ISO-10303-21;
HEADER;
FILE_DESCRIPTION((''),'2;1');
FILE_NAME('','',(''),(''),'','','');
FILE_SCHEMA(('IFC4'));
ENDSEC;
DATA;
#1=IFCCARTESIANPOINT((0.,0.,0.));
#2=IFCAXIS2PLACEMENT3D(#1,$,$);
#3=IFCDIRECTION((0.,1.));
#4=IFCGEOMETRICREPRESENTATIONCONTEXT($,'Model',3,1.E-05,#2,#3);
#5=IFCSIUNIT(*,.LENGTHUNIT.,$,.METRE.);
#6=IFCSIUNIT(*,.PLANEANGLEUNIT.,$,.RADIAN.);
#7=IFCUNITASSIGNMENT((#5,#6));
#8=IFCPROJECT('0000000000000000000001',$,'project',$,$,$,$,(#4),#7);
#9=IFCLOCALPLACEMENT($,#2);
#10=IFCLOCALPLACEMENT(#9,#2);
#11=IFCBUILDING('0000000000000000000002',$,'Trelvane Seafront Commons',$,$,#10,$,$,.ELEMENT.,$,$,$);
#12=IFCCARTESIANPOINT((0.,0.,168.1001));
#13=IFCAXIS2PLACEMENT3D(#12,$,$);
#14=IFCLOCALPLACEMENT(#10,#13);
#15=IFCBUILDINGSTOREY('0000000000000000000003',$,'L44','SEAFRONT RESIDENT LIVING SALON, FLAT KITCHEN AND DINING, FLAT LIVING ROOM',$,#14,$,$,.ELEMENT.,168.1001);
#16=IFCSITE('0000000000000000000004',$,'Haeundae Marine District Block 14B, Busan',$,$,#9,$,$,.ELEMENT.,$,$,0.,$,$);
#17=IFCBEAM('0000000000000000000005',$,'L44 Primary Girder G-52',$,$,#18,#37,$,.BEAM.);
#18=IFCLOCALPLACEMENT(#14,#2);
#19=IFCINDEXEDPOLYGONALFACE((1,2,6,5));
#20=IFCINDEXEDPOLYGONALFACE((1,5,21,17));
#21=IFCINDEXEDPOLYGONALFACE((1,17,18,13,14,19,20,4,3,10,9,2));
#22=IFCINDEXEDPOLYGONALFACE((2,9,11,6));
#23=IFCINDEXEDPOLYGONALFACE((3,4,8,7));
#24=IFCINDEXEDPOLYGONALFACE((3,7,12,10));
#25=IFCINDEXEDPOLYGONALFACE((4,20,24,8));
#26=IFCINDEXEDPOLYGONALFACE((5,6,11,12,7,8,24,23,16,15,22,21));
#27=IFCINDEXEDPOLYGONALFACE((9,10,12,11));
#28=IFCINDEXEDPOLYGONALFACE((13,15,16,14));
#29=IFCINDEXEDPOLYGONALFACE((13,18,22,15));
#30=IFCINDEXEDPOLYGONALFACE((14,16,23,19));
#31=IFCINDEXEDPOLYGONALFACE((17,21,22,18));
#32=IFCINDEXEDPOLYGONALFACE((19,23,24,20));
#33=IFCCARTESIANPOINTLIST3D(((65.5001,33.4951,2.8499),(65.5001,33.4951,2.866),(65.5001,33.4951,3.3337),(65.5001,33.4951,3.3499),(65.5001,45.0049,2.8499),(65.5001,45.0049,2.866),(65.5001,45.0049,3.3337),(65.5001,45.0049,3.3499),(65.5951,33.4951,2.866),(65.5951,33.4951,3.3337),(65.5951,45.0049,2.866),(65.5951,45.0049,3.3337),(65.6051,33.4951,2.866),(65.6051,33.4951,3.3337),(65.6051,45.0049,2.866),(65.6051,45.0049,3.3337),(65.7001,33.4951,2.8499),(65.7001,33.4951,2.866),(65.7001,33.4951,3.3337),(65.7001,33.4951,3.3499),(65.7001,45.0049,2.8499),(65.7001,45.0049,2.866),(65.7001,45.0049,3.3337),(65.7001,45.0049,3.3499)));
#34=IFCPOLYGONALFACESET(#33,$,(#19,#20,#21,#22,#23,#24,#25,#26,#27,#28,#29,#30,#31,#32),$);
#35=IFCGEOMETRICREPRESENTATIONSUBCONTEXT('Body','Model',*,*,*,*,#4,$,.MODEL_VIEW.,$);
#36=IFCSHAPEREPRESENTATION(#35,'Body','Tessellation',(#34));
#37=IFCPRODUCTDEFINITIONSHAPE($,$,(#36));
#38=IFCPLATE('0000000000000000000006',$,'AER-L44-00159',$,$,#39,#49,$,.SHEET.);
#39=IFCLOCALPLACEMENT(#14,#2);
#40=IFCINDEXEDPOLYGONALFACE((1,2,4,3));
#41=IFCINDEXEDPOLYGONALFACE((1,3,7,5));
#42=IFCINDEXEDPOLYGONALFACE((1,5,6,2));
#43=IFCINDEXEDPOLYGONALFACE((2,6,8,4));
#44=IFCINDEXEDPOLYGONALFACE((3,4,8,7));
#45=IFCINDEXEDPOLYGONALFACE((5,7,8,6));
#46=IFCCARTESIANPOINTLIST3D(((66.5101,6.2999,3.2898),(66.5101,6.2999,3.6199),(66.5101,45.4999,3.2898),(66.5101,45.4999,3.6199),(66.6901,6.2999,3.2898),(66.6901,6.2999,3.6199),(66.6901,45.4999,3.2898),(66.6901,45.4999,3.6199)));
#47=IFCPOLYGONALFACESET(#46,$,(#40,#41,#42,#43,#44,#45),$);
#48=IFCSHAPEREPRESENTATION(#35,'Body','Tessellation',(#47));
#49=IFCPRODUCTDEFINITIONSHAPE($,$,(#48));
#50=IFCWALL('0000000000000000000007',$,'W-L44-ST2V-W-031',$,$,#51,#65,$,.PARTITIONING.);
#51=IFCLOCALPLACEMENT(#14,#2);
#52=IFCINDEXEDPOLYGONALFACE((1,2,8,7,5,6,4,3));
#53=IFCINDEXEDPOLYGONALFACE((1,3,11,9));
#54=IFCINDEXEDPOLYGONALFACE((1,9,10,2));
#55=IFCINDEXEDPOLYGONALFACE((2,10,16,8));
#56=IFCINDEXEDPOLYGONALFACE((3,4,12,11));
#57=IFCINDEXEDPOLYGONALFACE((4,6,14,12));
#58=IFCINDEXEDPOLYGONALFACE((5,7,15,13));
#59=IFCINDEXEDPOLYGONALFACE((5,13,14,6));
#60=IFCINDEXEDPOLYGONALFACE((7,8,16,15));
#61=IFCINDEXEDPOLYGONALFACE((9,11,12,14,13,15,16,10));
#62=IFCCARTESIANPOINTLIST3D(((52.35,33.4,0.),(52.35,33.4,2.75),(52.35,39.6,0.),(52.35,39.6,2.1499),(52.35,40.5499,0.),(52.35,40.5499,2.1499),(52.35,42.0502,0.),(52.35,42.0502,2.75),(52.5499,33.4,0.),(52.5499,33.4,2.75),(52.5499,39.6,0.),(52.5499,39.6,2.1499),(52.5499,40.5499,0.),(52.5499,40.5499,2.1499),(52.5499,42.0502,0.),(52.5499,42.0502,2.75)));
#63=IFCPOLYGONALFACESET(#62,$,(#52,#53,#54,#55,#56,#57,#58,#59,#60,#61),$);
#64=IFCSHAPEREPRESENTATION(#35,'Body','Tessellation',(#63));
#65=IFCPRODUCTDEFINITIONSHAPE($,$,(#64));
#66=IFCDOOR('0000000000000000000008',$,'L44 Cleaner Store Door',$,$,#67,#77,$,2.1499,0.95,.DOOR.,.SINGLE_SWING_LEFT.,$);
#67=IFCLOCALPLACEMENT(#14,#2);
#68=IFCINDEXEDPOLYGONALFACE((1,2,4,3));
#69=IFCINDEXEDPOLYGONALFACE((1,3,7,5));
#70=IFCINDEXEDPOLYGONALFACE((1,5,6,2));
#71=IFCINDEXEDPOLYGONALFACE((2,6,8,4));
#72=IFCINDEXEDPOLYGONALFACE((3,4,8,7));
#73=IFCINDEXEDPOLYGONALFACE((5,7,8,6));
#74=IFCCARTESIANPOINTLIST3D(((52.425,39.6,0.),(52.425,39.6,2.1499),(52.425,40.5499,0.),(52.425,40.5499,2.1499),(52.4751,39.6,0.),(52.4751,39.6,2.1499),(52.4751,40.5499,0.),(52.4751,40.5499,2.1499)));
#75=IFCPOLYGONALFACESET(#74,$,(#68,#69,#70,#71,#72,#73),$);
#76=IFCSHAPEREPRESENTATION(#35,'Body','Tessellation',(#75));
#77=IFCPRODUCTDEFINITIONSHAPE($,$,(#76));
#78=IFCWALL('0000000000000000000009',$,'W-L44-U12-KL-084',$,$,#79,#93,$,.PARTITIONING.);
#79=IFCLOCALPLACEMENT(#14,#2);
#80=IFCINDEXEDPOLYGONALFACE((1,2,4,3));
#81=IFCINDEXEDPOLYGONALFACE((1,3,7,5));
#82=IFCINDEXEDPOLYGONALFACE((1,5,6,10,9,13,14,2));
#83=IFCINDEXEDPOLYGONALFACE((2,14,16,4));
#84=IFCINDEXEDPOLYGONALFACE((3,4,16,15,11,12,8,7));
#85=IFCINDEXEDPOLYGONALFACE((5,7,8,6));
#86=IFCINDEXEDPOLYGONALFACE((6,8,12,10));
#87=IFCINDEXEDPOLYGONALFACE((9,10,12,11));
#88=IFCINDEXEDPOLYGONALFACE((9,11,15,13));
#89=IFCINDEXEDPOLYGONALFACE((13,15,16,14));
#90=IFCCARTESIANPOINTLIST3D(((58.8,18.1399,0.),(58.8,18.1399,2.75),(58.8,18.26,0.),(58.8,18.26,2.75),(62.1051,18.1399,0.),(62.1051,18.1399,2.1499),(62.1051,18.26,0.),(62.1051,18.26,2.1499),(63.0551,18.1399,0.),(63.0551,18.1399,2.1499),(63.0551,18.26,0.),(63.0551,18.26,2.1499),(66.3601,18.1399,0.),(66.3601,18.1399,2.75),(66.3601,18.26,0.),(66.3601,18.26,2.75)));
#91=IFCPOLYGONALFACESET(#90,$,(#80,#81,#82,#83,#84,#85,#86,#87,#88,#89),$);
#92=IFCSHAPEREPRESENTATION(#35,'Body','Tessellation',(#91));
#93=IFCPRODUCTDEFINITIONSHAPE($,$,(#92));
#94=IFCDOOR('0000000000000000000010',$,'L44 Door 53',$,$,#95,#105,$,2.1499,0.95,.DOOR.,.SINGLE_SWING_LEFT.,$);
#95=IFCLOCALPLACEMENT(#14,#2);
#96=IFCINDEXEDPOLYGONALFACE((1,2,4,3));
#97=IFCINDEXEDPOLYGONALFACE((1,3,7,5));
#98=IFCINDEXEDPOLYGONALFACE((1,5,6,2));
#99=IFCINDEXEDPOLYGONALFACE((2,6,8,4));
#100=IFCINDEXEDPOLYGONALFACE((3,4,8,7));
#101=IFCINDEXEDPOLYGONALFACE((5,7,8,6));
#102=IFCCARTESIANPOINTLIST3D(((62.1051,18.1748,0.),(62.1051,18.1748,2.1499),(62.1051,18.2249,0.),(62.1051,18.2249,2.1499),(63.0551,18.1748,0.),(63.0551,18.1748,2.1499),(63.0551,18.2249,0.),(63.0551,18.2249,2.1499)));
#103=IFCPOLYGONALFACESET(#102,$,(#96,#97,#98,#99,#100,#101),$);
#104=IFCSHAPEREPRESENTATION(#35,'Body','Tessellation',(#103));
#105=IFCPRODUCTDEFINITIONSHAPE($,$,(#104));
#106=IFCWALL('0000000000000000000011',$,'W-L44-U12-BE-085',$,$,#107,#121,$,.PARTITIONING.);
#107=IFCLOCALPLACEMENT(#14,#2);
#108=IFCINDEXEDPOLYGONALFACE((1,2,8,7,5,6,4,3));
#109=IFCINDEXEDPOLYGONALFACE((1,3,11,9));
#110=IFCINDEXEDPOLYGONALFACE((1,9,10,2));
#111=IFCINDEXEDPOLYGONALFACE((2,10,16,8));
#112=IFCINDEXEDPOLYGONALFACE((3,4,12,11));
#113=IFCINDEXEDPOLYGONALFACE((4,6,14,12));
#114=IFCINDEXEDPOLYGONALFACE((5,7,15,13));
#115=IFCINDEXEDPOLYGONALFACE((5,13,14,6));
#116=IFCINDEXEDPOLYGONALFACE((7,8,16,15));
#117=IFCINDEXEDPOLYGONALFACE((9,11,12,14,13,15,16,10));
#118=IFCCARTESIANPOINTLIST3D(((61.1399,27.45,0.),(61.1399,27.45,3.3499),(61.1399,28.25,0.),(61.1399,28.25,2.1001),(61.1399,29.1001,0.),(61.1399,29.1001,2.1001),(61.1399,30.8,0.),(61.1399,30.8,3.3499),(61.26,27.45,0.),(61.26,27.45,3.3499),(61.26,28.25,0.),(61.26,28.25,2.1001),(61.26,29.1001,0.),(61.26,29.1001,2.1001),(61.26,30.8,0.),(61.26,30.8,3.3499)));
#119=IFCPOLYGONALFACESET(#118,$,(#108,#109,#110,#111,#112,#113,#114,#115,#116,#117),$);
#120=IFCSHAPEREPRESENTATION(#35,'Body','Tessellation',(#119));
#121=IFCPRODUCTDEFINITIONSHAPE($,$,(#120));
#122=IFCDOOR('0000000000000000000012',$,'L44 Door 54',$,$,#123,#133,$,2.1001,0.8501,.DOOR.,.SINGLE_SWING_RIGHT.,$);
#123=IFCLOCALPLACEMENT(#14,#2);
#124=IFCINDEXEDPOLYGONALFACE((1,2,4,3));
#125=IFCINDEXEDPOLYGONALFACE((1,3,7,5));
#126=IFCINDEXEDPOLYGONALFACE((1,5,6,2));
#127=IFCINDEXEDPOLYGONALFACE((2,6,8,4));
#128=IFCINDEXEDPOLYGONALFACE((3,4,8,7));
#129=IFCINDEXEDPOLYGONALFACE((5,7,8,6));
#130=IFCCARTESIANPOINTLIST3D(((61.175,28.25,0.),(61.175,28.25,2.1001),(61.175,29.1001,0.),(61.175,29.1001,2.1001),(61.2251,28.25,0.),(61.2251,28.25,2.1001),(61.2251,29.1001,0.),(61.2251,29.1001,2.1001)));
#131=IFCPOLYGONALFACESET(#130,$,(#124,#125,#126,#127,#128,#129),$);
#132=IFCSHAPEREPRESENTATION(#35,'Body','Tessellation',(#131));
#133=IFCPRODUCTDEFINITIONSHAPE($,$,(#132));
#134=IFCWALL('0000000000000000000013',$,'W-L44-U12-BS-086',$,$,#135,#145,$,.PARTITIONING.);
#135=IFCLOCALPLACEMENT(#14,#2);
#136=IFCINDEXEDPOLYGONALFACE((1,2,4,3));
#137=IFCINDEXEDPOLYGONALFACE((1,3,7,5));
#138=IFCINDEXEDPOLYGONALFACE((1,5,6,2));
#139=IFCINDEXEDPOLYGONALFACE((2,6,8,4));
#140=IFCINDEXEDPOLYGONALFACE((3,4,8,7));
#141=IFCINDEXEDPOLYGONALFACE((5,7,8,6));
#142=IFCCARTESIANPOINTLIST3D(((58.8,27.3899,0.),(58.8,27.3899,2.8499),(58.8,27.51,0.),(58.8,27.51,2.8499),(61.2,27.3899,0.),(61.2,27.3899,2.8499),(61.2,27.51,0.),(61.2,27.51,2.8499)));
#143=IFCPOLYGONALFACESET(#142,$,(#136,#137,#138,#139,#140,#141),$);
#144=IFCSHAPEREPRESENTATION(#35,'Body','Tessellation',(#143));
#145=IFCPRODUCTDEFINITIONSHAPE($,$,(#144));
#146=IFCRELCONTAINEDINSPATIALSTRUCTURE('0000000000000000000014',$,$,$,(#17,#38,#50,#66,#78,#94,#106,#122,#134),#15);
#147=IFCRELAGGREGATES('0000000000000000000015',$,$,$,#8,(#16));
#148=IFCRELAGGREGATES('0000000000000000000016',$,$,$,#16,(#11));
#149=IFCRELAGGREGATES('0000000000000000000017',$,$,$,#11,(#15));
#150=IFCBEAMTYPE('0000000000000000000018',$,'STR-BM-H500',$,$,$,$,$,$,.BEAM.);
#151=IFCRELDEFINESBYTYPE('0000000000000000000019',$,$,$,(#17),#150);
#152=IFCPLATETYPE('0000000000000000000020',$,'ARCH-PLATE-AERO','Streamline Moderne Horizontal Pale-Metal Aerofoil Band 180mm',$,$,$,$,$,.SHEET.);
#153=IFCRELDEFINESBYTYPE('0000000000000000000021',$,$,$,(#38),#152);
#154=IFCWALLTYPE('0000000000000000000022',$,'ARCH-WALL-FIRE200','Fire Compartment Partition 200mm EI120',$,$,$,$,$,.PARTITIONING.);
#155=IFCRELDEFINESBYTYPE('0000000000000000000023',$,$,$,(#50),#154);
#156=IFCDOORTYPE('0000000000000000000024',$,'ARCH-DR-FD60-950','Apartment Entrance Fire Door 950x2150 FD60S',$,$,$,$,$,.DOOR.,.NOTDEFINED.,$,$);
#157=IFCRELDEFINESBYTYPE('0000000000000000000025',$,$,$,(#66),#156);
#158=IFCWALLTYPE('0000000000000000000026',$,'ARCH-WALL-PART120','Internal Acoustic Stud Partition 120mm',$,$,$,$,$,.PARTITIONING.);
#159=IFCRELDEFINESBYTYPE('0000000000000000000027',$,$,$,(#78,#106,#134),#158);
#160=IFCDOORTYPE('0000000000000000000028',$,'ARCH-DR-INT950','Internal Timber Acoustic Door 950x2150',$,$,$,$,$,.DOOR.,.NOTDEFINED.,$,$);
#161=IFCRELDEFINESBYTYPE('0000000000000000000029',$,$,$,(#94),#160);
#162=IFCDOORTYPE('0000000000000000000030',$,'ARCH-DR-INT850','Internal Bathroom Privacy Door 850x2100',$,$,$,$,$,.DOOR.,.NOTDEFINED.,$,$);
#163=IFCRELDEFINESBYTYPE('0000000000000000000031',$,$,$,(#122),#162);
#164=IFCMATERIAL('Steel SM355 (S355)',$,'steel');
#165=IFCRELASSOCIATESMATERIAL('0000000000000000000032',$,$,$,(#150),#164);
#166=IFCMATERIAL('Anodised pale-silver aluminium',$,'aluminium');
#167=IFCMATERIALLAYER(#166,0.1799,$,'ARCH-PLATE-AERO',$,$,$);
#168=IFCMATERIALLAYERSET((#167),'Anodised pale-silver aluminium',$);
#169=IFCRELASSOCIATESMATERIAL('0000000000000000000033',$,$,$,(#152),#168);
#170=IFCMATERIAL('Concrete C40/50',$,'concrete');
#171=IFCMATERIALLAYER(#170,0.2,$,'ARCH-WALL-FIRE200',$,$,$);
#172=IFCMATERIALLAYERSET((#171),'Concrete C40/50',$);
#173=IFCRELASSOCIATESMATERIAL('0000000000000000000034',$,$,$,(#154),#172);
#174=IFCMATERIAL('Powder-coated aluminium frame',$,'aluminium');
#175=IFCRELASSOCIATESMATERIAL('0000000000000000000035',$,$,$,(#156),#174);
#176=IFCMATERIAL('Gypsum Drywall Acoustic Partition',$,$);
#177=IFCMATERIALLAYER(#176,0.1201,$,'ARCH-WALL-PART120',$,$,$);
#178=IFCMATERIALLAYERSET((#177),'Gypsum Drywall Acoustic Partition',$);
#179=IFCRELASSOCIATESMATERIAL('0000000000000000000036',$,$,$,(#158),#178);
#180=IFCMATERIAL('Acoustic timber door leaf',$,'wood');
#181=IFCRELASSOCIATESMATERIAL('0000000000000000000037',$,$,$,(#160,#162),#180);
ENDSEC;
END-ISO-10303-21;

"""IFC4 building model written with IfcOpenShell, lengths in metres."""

from ifc_helpers import new_model, si_unit, direction, frame, frame_2d, origin, origin_2d, place, context, subcontext, project, spatial, rectangle, i_section, extrude, source, transform, mapped, material, layer, layer_set, material_profile, profile_set, type_object, element, fill, save


model = new_model("IFC4")

# Units and contexts
model_context = context("Model", 3, precision=1e-05, world=origin(), true_north=direction((0.0, 1.0)))
body_context = subcontext(model_context, "Body", "Model", "MODEL_VIEW")
ifc_project = project(units=[si_unit("LENGTHUNIT", "METRE"), si_unit("PLANEANGLEUNIT", "RADIAN")], contexts=[model_context])

# Site, building, storey
site_placement = place(None, origin())
site = spatial("IfcSite", under=ifc_project, at=site_placement, Name="Haeundae Marine District Block 14B, Busan", CompositionType="ELEMENT", RefElevation=0.0)
building_placement = place(site_placement, origin())
building = spatial("IfcBuilding", under=site, at=building_placement, Name="Trelvane Seafront Commons", CompositionType="ELEMENT")
storey_placement = place(building_placement, frame((0.0, 0.0, 168.1001)))
storey = spatial("IfcBuildingStorey", under=building, at=storey_placement, Name="L44", Description="SEAFRONT RESIDENT LIVING SALON, FLAT KITCHEN AND DINING, FLAT LIVING ROOM", CompositionType="ELEMENT", Elevation=168.1001)

# Shared definitions
ifc_material_1 = material(Name="Steel SM355 (S355)", Category="steel")

# Beam
ifc_material_profile_1 = material_profile(ifc_material_1, i_section(OverallWidth=0.2, OverallDepth=0.5, WebThickness=0.01, FlangeThickness=0.0161, at=origin_2d()), Name="H-500x200x10x16")
ifc_profile_set_1 = profile_set([ifc_material_profile_1], Name="Steel SM355 (S355)")
beam_type_1 = type_object("IfcBeamType", Name="STR-BM-H500", PredefinedType="BEAM", material=ifc_profile_set_1)
shared_shape_1 = source(origin(), body_context, "Body", "SweptSolid", [
    extrude(i_section(OverallWidth=0.2, OverallDepth=0.5, WebThickness=0.01, FlangeThickness=0.0161, at=origin_2d()), origin(), (0.0, 0.0, 1.0), 11.5098),
])
beam_1_placement = place(storey_placement, frame((65.6001, 33.4951, 3.0999), z_axis=(0.0, 1.0, 0.0), x_axis=(-1.0, 0.0, 0.0)))
element("IfcBeam", 1, at=beam_1_placement, inside=storey, type_object=beam_type_1, Name="L44 Primary Girder G-52", PredefinedType="BEAM", context=body_context, shape_type="MappedRepresentation", body=[
    mapped(shared_shape_1, transform((0.0, 0.0, 0.0), x_axis=(1.0, 0.0, 0.0), y_axis=(0.0, 1.0, 0.0), z_axis=(0.0, 0.0, 1.0), scale=1.0)),
])

# Plate
ifc_material_2 = material(Name="Anodised pale-silver aluminium", Category="aluminium")
ifc_layer_1 = layer(ifc_material_2, 0.1799, Name="ARCH-PLATE-AERO")
ifc_layer_set_1 = layer_set([ifc_layer_1], Name="Anodised pale-silver aluminium")
plate_type = type_object("IfcPlateType", Name="ARCH-PLATE-AERO", Description="Streamline Moderne Horizontal Pale-Metal Aerofoil Band 180mm", PredefinedType="SHEET", material=ifc_layer_set_1)
shared_shape_2 = source(origin(), body_context, "Body", "SweptSolid", [
    extrude(rectangle(XDim=39.2, YDim=0.1799, at=origin_2d()), origin(), (0.0, 0.0, 1.0), 0.3301),
])
plate_placement = place(storey_placement, frame((66.6001, 25.8999, 3.2898), z_axis=(0.0, 0.0, 1.0), x_axis=(0.0, -1.0, 0.0)))
element("IfcPlate", 2, at=plate_placement, inside=storey, type_object=plate_type, Name="AER-L44-00159", PredefinedType="SHEET", context=body_context, shape_type="MappedRepresentation", body=[
    mapped(shared_shape_2, transform((0.0, 0.0, 0.0), x_axis=(1.0, 0.0, 0.0), y_axis=(0.0, 1.0, 0.0), z_axis=(0.0, 0.0, 1.0), scale=1.0)),
])

# Walls, openings, doors
ifc_material_3 = material(Name="Concrete C40/50", Category="concrete")
ifc_layer_2 = layer(ifc_material_3, 0.2, Name="ARCH-WALL-FIRE200")
ifc_layer_set_2 = layer_set([ifc_layer_2], Name="Concrete C40/50")
wall_type_1 = type_object("IfcWallType", Name="ARCH-WALL-FIRE200", Description="Fire Compartment Partition 200mm EI120", PredefinedType="PARTITIONING", material=ifc_layer_set_2)
wall_1_placement = place(storey_placement, frame((52.45, 33.3999, 0.0), z_axis=(0.0, 0.0, 1.0), x_axis=(0.0, 1.0, 0.0)))
wall_1 = element("IfcWall", 3, at=wall_1_placement, inside=storey, type_object=wall_type_1, Name="W-L44-ST2V-W-031", PredefinedType="PARTITIONING", context=body_context, shape_type="SweptSolid", body=[
    extrude(rectangle(XDim=8.6501, YDim=0.2, at=frame_2d((4.3252, 0.0))), origin(), (0.0, 0.0, 1.0), 2.75),
])
opening_1_placement = place(wall_1_placement, frame((6.2, 0.0, 0.0)))
opening_1 = element("IfcOpeningElement", 4, at=opening_1_placement, cuts=wall_1, PredefinedType="OPENING", context=body_context, shape_type="SweptSolid", body=[
    extrude(rectangle(XDim=0.95, YDim=2.1499, at=frame_2d((0.4751, 1.075))), frame((0.0, 0.1099, 0.0), z_axis=(0.0, -1.0, 0.0), x_axis=(1.0, 0.0, 0.0)), (0.0, 0.0, 1.0), 0.22),
])
ifc_material_4 = material(Name="Powder-coated aluminium frame", Category="aluminium")
door_type_1 = type_object("IfcDoorType", Name="ARCH-DR-FD60-950", Description="Apartment Entrance Fire Door 950x2150 FD60S", OperationType="NOTDEFINED", PredefinedType="DOOR", material=ifc_material_4)
shared_shape_3 = source(origin(), body_context, "Body", "SweptSolid", [
    extrude(rectangle(XDim=0.95, YDim=2.1499, at=frame_2d((0.4751, 1.075))), frame((0.0, 0.0249, 0.0), z_axis=(0.0, -1.0, 0.0), x_axis=(1.0, 0.0, 0.0)), (0.0, 0.0, 1.0), 0.05),
])
door_1_placement = place(opening_1_placement, origin())
door_1 = element("IfcDoor", 5, at=door_1_placement, inside=storey, type_object=door_type_1, Name="L44 Cleaner Store Door", OperationType="SINGLE_SWING_LEFT", OverallHeight=2.1499, OverallWidth=0.95, PredefinedType="DOOR", context=body_context, shape_type="MappedRepresentation", body=[
    mapped(shared_shape_3, transform((0.0, 0.0, 0.0), x_axis=(1.0, 0.0, 0.0), y_axis=(0.0, 1.0, 0.0), z_axis=(0.0, 0.0, 1.0), scale=1.0)),
])
fill(opening_1, door_1)
ifc_material_5 = material(Name="Gypsum Drywall Acoustic Partition")
ifc_layer_3 = layer(ifc_material_5, 0.1201, Name="ARCH-WALL-PART120")
ifc_layer_set_3 = layer_set([ifc_layer_3], Name="Gypsum Drywall Acoustic Partition")
wall_type_2 = type_object("IfcWallType", Name="ARCH-WALL-PART120", Description="Internal Acoustic Stud Partition 120mm", PredefinedType="PARTITIONING", material=ifc_layer_set_3)
ifc_material_6 = material(Name="Acoustic timber door leaf", Category="wood")
door_type_2 = type_object("IfcDoorType", Name="ARCH-DR-INT950", Description="Internal Timber Acoustic Door 950x2150", OperationType="NOTDEFINED", PredefinedType="DOOR", material=ifc_material_6)
wall_2_placement = place(storey_placement, frame((58.8, 18.2, 0.0), z_axis=(0.0, 0.0, 1.0), x_axis=(1.0, 0.0, 0.0)))
wall_2 = element("IfcWall", 6, at=wall_2_placement, inside=storey, type_object=wall_type_2, Name="W-L44-U12-KL-084", PredefinedType="PARTITIONING", context=body_context, shape_type="SweptSolid", body=[
    extrude(rectangle(XDim=7.5601, YDim=0.1201, at=frame_2d((3.78, 0.0))), origin(), (0.0, 0.0, 1.0), 2.75),
])
opening_2_placement = place(wall_2_placement, frame((3.3049, 0.0, 0.0)))
opening_2 = element("IfcOpeningElement", 7, at=opening_2_placement, cuts=wall_2, PredefinedType="OPENING", context=body_context, shape_type="SweptSolid", body=[
    extrude(rectangle(XDim=0.95, YDim=2.1499, at=frame_2d((0.4751, 1.075))), frame((0.0, 0.0701, 0.0), z_axis=(0.0, -1.0, 0.0), x_axis=(1.0, 0.0, 0.0)), (0.0, 0.0, 1.0), 0.1401),
])
door_2_placement = place(opening_2_placement, origin())
door_2 = element("IfcDoor", 8, at=door_2_placement, inside=storey, type_object=door_type_2, Name="L44 Door 53", OperationType="SINGLE_SWING_LEFT", OverallHeight=2.1499, OverallWidth=0.95, PredefinedType="DOOR", context=body_context, shape_type="MappedRepresentation", body=[
    mapped(shared_shape_3, transform((0.0, 0.0, 0.0), x_axis=(1.0, 0.0, 0.0), y_axis=(0.0, 1.0, 0.0), z_axis=(0.0, 0.0, 1.0), scale=1.0)),
])
fill(opening_2, door_2)
wall_3_placement = place(storey_placement, frame((61.2, 27.45, 0.0), z_axis=(0.0, 0.0, 1.0), x_axis=(0.0, 1.0, 0.0)))
wall_3 = element("IfcWall", 9, at=wall_3_placement, inside=storey, type_object=wall_type_2, Name="W-L44-U12-BE-085", PredefinedType="PARTITIONING", context=body_context, shape_type="SweptSolid", body=[
    extrude(rectangle(XDim=3.3501, YDim=0.1201, at=frame_2d((1.675, 0.0))), origin(), (0.0, 0.0, 1.0), 3.3499),
])
opening_3_placement = place(wall_3_placement, frame((0.8, 0.0, 0.0)))
opening_3 = element("IfcOpeningElement", 10, at=opening_3_placement, cuts=wall_3, PredefinedType="OPENING", context=body_context, shape_type="SweptSolid", body=[
    extrude(rectangle(XDim=0.8501, YDim=2.1001, at=frame_2d((0.425, 1.05))), frame((0.0, 0.0701, 0.0), z_axis=(0.0, -1.0, 0.0), x_axis=(1.0, 0.0, 0.0)), (0.0, 0.0, 1.0), 0.1401),
])
door_type_3 = type_object("IfcDoorType", Name="ARCH-DR-INT850", Description="Internal Bathroom Privacy Door 850x2100", OperationType="NOTDEFINED", PredefinedType="DOOR", material=ifc_material_6)
shared_shape_4 = source(origin(), body_context, "Body", "SweptSolid", [
    extrude(rectangle(XDim=0.8501, YDim=2.1001, at=frame_2d((0.425, 1.05))), frame((0.0, 0.0249, 0.0), z_axis=(0.0, -1.0, 0.0), x_axis=(1.0, 0.0, 0.0)), (0.0, 0.0, 1.0), 0.05),
])
door_3_placement = place(opening_3_placement, origin())
door_3 = element("IfcDoor", 11, at=door_3_placement, inside=storey, type_object=door_type_3, Name="L44 Door 54", OperationType="SINGLE_SWING_RIGHT", OverallHeight=2.1001, OverallWidth=0.8501, PredefinedType="DOOR", context=body_context, shape_type="MappedRepresentation", body=[
    mapped(shared_shape_4, transform((0.0, 0.0, 0.0), x_axis=(1.0, 0.0, 0.0), y_axis=(0.0, 1.0, 0.0), z_axis=(0.0, 0.0, 1.0), scale=1.0)),
])
fill(opening_3, door_3)

# Wall
wall_4_placement = place(storey_placement, frame((58.8, 27.45, 0.0), z_axis=(0.0, 0.0, 1.0), x_axis=(1.0, 0.0, 0.0)))
element("IfcWall", 12, at=wall_4_placement, inside=storey, type_object=wall_type_2, Name="W-L44-U12-BS-086", PredefinedType="PARTITIONING", context=body_context, shape_type="SweptSolid", body=[
    extrude(rectangle(XDim=2.3999, YDim=0.1201, at=frame_2d((1.2, 0.0))), origin(), (0.0, 0.0, 1.0), 2.8499),
])

save(model, "model.ifc")
